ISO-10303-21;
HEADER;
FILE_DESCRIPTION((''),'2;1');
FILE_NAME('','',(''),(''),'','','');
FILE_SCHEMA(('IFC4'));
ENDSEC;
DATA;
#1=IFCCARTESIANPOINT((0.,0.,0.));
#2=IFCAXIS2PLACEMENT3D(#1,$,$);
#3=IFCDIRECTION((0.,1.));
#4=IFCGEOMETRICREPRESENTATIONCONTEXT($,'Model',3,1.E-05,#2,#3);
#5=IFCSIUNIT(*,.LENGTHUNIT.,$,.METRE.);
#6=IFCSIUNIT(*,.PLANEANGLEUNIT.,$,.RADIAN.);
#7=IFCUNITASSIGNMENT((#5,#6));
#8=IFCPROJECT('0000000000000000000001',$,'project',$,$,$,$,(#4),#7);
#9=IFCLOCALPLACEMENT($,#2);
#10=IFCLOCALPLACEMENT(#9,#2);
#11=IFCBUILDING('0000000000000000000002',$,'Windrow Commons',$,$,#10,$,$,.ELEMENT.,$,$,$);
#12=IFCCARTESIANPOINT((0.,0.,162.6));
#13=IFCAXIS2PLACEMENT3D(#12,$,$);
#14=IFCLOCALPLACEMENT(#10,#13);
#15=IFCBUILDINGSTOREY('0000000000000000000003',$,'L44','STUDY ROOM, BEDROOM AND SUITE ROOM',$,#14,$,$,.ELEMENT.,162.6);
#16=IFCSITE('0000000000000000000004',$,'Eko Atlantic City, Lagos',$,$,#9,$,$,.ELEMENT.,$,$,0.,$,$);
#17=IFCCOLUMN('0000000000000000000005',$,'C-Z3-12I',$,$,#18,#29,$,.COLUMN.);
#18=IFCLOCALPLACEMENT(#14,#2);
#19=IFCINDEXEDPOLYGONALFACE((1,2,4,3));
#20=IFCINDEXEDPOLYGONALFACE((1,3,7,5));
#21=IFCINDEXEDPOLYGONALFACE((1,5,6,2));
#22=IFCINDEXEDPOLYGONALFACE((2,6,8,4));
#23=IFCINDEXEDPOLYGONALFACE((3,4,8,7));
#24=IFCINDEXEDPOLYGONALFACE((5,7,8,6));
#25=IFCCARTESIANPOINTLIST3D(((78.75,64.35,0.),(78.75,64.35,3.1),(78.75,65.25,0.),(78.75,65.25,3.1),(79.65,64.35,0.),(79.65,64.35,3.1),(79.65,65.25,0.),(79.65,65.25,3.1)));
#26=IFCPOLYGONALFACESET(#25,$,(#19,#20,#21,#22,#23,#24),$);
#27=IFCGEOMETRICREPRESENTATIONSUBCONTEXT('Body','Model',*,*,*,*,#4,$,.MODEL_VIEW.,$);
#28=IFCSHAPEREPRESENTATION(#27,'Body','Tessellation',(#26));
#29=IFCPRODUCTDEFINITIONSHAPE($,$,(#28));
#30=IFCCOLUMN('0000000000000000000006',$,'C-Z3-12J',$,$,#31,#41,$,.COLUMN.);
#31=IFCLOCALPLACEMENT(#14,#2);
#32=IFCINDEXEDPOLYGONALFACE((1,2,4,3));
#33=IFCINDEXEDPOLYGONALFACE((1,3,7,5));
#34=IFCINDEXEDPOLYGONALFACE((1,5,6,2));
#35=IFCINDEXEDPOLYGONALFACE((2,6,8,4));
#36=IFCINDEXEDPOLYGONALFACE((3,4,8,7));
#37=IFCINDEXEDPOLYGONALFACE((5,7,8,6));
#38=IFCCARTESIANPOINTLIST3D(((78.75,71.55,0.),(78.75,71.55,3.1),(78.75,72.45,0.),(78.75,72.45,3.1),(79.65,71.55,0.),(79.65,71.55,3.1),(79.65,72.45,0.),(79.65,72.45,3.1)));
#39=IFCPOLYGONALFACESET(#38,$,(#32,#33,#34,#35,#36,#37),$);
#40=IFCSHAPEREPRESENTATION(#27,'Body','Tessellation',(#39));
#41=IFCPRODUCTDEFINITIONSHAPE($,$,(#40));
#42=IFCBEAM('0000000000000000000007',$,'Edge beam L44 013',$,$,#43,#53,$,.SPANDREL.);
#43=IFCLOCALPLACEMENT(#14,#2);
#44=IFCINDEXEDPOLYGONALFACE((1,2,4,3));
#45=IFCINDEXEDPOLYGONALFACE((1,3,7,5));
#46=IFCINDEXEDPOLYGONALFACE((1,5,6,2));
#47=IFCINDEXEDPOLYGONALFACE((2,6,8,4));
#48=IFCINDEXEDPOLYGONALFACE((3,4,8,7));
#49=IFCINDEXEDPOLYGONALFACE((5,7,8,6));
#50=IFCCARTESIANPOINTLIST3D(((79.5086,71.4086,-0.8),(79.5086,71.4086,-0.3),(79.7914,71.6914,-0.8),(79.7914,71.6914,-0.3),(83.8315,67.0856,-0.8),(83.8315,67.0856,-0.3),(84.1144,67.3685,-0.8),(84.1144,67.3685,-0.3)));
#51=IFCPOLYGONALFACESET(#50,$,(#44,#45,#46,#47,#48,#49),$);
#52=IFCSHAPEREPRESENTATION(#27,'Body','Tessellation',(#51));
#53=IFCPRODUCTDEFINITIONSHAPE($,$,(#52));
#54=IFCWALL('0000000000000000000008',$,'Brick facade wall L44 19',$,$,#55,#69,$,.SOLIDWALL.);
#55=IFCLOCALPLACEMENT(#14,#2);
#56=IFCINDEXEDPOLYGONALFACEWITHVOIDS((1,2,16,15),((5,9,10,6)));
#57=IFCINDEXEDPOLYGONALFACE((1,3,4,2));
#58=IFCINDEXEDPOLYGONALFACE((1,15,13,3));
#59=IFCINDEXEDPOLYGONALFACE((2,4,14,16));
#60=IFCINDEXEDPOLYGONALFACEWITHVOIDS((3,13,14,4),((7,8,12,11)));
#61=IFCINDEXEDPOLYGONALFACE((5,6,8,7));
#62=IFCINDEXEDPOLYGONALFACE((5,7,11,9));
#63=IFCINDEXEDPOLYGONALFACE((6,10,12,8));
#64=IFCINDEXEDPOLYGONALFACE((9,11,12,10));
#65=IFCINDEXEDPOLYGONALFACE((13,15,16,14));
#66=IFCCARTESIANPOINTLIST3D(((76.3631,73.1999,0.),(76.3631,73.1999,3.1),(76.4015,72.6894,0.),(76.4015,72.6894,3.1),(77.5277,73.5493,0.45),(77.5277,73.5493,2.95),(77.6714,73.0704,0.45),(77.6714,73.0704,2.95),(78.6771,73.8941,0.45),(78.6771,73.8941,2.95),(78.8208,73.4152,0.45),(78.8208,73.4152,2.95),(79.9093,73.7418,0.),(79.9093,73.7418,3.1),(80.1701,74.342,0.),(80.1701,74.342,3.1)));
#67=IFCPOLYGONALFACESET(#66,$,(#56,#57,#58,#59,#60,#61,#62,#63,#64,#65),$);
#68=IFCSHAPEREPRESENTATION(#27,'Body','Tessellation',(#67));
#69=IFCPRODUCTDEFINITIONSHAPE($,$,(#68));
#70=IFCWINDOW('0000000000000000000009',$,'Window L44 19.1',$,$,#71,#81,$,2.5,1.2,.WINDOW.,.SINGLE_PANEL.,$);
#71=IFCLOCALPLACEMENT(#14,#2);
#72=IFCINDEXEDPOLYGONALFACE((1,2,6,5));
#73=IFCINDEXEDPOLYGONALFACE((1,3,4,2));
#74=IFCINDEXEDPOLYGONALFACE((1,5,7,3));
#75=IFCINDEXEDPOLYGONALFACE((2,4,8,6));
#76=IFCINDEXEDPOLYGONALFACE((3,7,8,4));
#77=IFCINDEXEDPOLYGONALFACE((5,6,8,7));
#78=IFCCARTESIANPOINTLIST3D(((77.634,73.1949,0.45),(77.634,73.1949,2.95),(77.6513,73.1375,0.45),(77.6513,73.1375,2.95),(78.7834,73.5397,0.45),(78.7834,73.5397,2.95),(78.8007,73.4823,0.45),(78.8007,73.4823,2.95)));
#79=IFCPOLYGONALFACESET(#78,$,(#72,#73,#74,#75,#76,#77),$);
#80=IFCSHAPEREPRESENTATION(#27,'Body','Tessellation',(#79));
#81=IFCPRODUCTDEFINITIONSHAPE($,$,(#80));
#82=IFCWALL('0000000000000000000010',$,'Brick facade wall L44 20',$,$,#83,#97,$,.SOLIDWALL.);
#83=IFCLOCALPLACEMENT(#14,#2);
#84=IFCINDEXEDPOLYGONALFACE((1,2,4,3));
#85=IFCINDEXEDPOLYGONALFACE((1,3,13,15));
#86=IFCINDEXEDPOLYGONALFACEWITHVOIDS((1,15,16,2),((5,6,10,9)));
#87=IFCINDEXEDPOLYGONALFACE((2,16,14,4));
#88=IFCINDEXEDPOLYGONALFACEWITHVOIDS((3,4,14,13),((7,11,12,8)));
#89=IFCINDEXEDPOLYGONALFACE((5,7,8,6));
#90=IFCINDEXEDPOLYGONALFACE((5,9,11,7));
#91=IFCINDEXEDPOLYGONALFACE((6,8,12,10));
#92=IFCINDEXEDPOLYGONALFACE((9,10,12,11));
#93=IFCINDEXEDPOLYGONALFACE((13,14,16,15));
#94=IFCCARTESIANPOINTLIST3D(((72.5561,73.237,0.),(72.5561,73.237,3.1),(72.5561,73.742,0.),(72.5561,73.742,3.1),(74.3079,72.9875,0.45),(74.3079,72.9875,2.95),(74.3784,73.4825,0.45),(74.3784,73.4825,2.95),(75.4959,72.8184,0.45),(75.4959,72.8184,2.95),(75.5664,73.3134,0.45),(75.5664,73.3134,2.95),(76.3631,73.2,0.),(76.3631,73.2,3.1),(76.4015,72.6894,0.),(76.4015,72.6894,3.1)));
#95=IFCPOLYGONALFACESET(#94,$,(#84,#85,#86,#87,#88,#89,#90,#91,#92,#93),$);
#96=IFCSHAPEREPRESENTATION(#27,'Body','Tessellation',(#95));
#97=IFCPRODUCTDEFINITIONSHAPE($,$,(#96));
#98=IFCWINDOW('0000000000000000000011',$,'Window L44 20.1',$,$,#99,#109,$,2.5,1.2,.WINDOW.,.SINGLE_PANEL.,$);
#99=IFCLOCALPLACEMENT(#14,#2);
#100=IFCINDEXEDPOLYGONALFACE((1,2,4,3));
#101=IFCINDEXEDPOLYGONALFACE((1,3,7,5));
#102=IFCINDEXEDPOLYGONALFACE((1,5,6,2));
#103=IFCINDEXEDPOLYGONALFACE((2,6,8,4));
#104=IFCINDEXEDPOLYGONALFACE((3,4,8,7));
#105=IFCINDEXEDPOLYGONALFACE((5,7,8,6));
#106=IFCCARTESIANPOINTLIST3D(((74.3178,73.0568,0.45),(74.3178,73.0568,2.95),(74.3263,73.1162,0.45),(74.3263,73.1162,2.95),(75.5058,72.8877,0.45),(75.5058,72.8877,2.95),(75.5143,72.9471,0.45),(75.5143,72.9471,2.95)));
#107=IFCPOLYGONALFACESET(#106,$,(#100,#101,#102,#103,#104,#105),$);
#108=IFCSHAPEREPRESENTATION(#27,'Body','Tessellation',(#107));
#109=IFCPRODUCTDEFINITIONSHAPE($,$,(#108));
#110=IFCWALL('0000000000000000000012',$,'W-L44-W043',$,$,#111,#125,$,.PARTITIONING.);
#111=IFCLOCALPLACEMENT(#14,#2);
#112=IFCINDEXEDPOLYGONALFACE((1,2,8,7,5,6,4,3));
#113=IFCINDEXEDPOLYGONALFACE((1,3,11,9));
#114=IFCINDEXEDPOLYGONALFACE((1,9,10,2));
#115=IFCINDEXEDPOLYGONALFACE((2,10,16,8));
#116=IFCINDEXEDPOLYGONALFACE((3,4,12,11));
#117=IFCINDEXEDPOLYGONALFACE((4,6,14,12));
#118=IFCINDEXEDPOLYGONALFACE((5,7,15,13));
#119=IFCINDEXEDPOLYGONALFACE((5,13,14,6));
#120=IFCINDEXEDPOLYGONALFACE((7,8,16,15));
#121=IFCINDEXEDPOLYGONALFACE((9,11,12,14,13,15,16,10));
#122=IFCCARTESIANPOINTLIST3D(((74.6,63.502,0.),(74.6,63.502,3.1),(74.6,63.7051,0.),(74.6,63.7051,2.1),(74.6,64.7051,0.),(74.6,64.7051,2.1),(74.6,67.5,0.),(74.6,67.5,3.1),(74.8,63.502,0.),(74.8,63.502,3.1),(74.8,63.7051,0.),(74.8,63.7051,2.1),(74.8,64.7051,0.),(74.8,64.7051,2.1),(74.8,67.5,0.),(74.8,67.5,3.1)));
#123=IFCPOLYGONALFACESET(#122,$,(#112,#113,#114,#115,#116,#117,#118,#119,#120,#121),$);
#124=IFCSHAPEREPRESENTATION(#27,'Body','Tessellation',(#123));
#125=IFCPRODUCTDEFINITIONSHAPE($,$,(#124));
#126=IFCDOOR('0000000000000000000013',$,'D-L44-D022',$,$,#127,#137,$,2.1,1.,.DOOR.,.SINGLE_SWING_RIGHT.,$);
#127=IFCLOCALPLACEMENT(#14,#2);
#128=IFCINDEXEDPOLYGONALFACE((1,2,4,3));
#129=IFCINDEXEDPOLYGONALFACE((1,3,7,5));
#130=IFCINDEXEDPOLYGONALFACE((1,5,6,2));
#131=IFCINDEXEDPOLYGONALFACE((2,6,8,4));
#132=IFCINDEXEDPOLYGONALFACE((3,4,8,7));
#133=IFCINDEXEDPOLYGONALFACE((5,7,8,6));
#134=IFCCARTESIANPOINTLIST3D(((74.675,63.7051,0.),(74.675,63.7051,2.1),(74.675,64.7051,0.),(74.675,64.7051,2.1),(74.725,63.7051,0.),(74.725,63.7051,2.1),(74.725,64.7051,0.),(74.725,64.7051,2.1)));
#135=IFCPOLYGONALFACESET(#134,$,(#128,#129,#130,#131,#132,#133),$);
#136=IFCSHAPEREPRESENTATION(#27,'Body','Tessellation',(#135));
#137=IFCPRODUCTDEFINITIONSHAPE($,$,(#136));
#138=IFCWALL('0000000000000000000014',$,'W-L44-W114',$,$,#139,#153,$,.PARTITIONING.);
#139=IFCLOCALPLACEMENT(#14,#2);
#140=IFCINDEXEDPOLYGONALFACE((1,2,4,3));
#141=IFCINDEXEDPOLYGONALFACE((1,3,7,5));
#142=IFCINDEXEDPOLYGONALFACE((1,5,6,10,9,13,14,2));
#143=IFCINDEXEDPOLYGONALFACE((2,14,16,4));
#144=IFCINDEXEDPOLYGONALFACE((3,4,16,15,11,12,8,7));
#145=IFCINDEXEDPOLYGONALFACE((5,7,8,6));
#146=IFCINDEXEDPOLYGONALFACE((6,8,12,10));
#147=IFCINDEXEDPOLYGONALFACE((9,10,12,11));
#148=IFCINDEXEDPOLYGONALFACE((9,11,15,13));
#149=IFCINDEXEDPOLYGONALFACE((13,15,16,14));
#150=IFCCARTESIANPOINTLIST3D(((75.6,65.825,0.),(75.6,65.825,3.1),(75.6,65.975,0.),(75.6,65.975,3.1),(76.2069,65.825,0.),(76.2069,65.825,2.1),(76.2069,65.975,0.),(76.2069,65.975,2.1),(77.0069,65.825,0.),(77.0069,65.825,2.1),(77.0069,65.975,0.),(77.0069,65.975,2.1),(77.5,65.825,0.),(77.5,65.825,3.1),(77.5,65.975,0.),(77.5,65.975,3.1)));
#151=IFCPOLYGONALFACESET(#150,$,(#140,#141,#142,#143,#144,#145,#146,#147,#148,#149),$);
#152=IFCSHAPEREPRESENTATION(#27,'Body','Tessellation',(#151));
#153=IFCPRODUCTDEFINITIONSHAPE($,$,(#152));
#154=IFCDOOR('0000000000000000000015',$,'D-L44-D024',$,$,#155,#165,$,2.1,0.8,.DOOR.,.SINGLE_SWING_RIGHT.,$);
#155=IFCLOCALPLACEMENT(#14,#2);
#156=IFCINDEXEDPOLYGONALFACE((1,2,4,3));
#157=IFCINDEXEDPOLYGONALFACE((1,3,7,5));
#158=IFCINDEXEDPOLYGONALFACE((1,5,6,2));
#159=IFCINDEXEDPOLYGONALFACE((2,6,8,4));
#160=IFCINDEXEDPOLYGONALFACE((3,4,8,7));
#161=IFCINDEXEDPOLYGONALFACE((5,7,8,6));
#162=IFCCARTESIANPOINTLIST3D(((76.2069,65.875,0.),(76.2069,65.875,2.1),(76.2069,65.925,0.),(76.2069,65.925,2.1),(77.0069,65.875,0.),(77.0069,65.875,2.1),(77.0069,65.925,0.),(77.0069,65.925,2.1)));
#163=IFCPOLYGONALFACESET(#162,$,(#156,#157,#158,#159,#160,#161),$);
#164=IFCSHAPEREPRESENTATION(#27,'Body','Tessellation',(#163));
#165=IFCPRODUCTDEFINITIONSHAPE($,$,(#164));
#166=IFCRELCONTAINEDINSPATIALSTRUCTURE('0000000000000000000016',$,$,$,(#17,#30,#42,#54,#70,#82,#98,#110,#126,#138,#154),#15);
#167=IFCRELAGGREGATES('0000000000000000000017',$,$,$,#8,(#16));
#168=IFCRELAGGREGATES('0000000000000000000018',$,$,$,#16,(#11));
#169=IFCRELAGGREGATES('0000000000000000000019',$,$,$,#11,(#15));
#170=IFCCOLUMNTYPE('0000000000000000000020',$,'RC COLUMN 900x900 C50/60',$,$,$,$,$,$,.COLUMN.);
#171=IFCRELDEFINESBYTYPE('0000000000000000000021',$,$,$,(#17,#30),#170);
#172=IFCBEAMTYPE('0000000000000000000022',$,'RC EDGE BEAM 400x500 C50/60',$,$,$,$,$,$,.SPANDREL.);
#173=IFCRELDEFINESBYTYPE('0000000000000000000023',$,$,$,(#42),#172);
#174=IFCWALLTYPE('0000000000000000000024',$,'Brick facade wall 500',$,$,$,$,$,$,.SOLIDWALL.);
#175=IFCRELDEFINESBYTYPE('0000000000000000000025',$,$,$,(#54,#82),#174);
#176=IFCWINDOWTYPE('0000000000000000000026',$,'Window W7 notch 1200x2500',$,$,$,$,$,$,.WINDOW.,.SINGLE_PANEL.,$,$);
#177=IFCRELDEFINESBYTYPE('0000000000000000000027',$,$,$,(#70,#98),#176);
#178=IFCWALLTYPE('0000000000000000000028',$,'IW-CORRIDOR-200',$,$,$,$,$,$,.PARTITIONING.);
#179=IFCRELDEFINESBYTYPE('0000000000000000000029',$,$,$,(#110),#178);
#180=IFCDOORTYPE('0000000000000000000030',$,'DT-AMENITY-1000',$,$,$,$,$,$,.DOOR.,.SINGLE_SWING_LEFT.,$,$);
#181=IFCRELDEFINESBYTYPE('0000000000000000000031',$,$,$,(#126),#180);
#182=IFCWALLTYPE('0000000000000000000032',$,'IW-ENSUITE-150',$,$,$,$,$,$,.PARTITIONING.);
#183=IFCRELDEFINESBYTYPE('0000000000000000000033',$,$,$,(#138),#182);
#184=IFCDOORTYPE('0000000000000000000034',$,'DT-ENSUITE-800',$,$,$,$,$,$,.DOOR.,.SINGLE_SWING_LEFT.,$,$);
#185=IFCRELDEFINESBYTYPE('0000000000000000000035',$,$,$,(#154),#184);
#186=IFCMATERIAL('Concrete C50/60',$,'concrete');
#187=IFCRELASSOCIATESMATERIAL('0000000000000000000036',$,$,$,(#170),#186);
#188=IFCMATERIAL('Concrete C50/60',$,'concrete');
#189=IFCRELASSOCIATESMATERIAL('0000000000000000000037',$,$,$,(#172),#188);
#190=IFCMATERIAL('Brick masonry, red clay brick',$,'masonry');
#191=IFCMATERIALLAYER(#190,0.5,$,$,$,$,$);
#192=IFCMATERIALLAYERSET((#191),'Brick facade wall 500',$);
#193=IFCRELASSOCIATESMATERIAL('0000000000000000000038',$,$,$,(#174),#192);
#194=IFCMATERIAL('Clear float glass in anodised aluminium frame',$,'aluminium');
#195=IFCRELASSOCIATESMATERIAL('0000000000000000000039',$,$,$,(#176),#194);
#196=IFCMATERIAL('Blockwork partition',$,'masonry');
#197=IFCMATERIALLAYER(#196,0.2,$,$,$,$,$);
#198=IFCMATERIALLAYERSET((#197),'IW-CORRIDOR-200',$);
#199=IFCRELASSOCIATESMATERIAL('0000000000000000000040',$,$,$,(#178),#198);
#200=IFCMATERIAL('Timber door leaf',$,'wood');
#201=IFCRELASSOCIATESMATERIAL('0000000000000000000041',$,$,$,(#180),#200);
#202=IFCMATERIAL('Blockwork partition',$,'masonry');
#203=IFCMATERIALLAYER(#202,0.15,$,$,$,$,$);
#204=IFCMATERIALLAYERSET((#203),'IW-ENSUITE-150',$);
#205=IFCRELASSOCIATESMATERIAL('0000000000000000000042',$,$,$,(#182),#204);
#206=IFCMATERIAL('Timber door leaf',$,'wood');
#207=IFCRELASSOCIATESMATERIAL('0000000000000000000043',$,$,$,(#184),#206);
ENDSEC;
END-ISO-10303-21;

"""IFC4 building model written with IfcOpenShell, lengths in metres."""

from ifc_helpers import new_model, si_unit, direction, frame, frame_2d, origin, origin_2d, place, context, subcontext, project, spatial, polyline, rectangle, outline, extrude, material, layer, layer_set, material_profile, profile_set, type_object, element, fill, save


model = new_model("IFC4")

# Units and contexts
model_context = context("Model", 3, precision=1e-05, world=origin(), true_north=direction((0.0, 1.0)))
body_context = subcontext(model_context, "Body", "Model", "MODEL_VIEW")
ifc_project = project(units=[si_unit("LENGTHUNIT", "METRE"), si_unit("PLANEANGLEUNIT", "RADIAN")], contexts=[model_context])

# Site, building, storey
site_placement = place(None, origin())
site = spatial("IfcSite", under=ifc_project, at=site_placement, Name="Eko Atlantic City, Lagos", CompositionType="ELEMENT", RefElevation=0.0)
building_placement = place(site_placement, origin())
building = spatial("IfcBuilding", under=site, at=building_placement, Name="Windrow Commons", CompositionType="ELEMENT")
storey_placement = place(building_placement, frame((0.0, 0.0, 162.6)))
storey = spatial("IfcBuildingStorey", under=building, at=storey_placement, Name="L44", Description="STUDY ROOM, BEDROOM AND SUITE ROOM", CompositionType="ELEMENT", Elevation=162.6)

# Columns
ifc_material_1 = material(Name="Concrete C50/60", Category="concrete")
ifc_material_profile_1 = material_profile(ifc_material_1, rectangle(XDim=0.9, YDim=0.9, at=origin_2d()))
ifc_profile_set_1 = profile_set([ifc_material_profile_1], Name="Concrete C50/60")
column_type = type_object("IfcColumnType", Name="RC COLUMN 900x900 C50/60", PredefinedType="COLUMN", material=ifc_profile_set_1)
for number, where, z_axis, x_axis, name in (
    (1, (79.2, 64.8, 0.0), (0.0, 0.0, 1.0), (1.0, 0.0, 0.0), "C-Z3-12I"),
    (2, (79.2, 72.0, 0.0), (0.0, 0.0, 1.0), (1.0, 0.0, 0.0), "C-Z3-12J"),
):
    element("IfcColumn", number, at=place(storey_placement, frame(where, z_axis=z_axis, x_axis=x_axis)), inside=storey, type_object=column_type, Name=name, PredefinedType="COLUMN", context=body_context, shape_type="SweptSolid", body=[
        extrude(rectangle(XDim=0.9, YDim=0.9, at=origin_2d()), origin(), (0.0, 0.0, 1.0), 3.1),
    ])

# Beam
ifc_material_2 = material(Name="Concrete C50/60", Category="concrete")
ifc_material_profile_2 = material_profile(ifc_material_2, rectangle(XDim=0.4, YDim=0.5, at=origin_2d()))
ifc_profile_set_2 = profile_set([ifc_material_profile_2], Name="Concrete C50/60")
beam_type = type_object("IfcBeamType", Name="RC EDGE BEAM 400x500 C50/60", PredefinedType="SPANDREL", material=ifc_profile_set_2)
beam_placement = place(storey_placement, frame((79.65, 71.55, -0.55), z_axis=(0.707107, -0.707107, 0.0), x_axis=(0.707107, 0.707107, 0.0)))
element("IfcBeam", 3, at=beam_placement, inside=storey, type_object=beam_type, Name="Edge beam L44 013", PredefinedType="SPANDREL", context=body_context, shape_type="SweptSolid", body=[
    extrude(rectangle(XDim=0.4, YDim=0.5, at=origin_2d()), origin(), (0.0, 0.0, 1.0), 6.1136),
])

# Walls, openings, windows
ifc_material_3 = material(Name="Brick masonry, red clay brick", Category="masonry")
ifc_layer_1 = layer(ifc_material_3, 0.5)
ifc_layer_set_1 = layer_set([ifc_layer_1], Name="Brick facade wall 500")
wall_type_1 = type_object("IfcWallType", Name="Brick facade wall 500", PredefinedType="SOLIDWALL", material=ifc_layer_set_1)
wall_1_placement = place(storey_placement, frame((80.0397, 74.0419, 0.0), z_axis=(0.0, 0.0, 1.0), x_axis=(-0.957828, -0.287343, 0.0)))
wall_1 = element("IfcWall", 4, at=wall_1_placement, inside=storey, type_object=wall_type_1, Name="Brick facade wall L44 19", PredefinedType="SOLIDWALL", context=body_context, shape_type="SweptSolid", body=[
    extrude(outline(polyline([(-0.2111, -0.25), (3.7635, -0.25), (3.8734, 0.25), (0.2111, 0.25), (-0.2111, -0.25)])), origin(), (0.0, 0.0, 1.0), 3.1),
])
opening_1_placement = place(wall_1_placement, frame((1.3476, 0.0, 0.45)))
opening_1 = element("IfcOpeningElement", 5, at=opening_1_placement, cuts=wall_1, PredefinedType="OPENING", context=body_context, shape_type="SweptSolid", body=[
    extrude(rectangle(XDim=1.2, YDim=2.5, at=frame_2d((0.6, 1.25))), frame((0.0, 0.26, 0.0), z_axis=(0.0, -1.0, 0.0), x_axis=(1.0, 0.0, 0.0)), (0.0, 0.0, 1.0), 0.52),
])
ifc_material_4 = material(Name="Clear float glass in anodised aluminium frame", Category="aluminium")
window_type = type_object("IfcWindowType", Name="Window W7 notch 1200x2500", PartitioningType="SINGLE_PANEL", PredefinedType="WINDOW", material=ifc_material_4)
window_1_placement = place(opening_1_placement, origin())
window_1 = element("IfcWindow", 6, at=window_1_placement, inside=storey, type_object=window_type, Name="Window L44 19.1", OverallHeight=2.5, OverallWidth=1.2, PartitioningType="SINGLE_PANEL", PredefinedType="WINDOW", context=body_context, shape_type="SweptSolid", body=[
    extrude(rectangle(XDim=1.2, YDim=2.5, at=frame_2d((0.6, 1.25))), frame((0.0, 0.18, 0.0), z_axis=(0.0, -1.0, 0.0), x_axis=(1.0, 0.0, 0.0)), (0.0, 0.0, 1.0), 0.06),
])
fill(opening_1, window_1)
wall_2_placement = place(storey_placement, frame((76.3823, 72.9447, 0.0), z_axis=(0.0, 0.0, 1.0), x_axis=(-0.990015, 0.140965, 0.0)))
wall_2 = element("IfcWall", 7, at=wall_2_placement, inside=storey, type_object=wall_type_1, Name="Brick facade wall L44 20", PredefinedType="SOLIDWALL", context=body_context, shape_type="SweptSolid", body=[
    extrude(outline(polyline([(0.055, -0.25), (3.9004, -0.25), (3.8292, 0.25), (-0.055, 0.25), (0.055, -0.25)])), origin(), (0.0, 0.0, 1.0), 3.1),
])
opening_2_placement = place(wall_2_placement, frame((0.8597, 0.0, 0.45)))
opening_2 = element("IfcOpeningElement", 8, at=opening_2_placement, cuts=wall_2, PredefinedType="OPENING", context=body_context, shape_type="SweptSolid", body=[
    extrude(rectangle(XDim=1.2, YDim=2.5, at=frame_2d((0.6, 1.25))), frame((0.0, 0.26, 0.0), z_axis=(0.0, -1.0, 0.0), x_axis=(1.0, 0.0, 0.0)), (0.0, 0.0, 1.0), 0.52),
])
window_2_placement = place(opening_2_placement, origin())
window_2 = element("IfcWindow", 9, at=window_2_placement, inside=storey, type_object=window_type, Name="Window L44 20.1", OverallHeight=2.5, OverallWidth=1.2, PartitioningType="SINGLE_PANEL", PredefinedType="WINDOW", context=body_context, shape_type="SweptSolid", body=[
    extrude(rectangle(XDim=1.2, YDim=2.5, at=frame_2d((0.6, 1.25))), frame((0.0, 0.18, 0.0), z_axis=(0.0, -1.0, 0.0), x_axis=(1.0, 0.0, 0.0)), (0.0, 0.0, 1.0), 0.06),
])
fill(opening_2, window_2)

# Walls, openings, doors
ifc_material_5 = material(Name="Blockwork partition", Category="masonry")
ifc_layer_2 = layer(ifc_material_5, 0.2)
ifc_layer_set_2 = layer_set([ifc_layer_2], Name="IW-CORRIDOR-200")
wall_type_2 = type_object("IfcWallType", Name="IW-CORRIDOR-200", PredefinedType="PARTITIONING", material=ifc_layer_set_2)
wall_3_placement = place(storey_placement, frame((74.7, 63.502, 0.0), z_axis=(0.0, 0.0, 1.0), x_axis=(0.0, 1.0, 0.0)))
wall_3 = element("IfcWall", 10, at=wall_3_placement, inside=storey, type_object=wall_type_2, Name="W-L44-W043", PredefinedType="PARTITIONING", context=body_context, shape_type="SweptSolid", body=[
    extrude(rectangle(XDim=3.998, YDim=0.2, at=frame_2d((1.999, 0.0))), origin(), (0.0, 0.0, 1.0), 3.1),
])
opening_3_placement = place(wall_3_placement, frame((0.2031, 0.0, 0.0)))
opening_3 = element("IfcOpeningElement", 11, at=opening_3_placement, cuts=wall_3, PredefinedType="OPENING", context=body_context, shape_type="SweptSolid", body=[
    extrude(rectangle(XDim=1.0, YDim=2.1, at=frame_2d((0.5, 1.05))), frame((0.0, 0.11, 0.0), z_axis=(0.0, -1.0, 0.0), x_axis=(1.0, 0.0, 0.0)), (0.0, 0.0, 1.0), 0.22),
])
ifc_material_6 = material(Name="Timber door leaf", Category="wood")
door_type_1 = type_object("IfcDoorType", Name="DT-AMENITY-1000", OperationType="SINGLE_SWING_LEFT", PredefinedType="DOOR", material=ifc_material_6)
door_1_placement = place(opening_3_placement, origin())
door_1 = element("IfcDoor", 12, at=door_1_placement, inside=storey, type_object=door_type_1, Name="D-L44-D022", OperationType="SINGLE_SWING_RIGHT", OverallHeight=2.1, OverallWidth=1.0, PredefinedType="DOOR", context=body_context, shape_type="SweptSolid", body=[
    extrude(rectangle(XDim=1.0, YDim=2.1, at=frame_2d((0.5, 1.05))), frame((0.0, 0.025, 0.0), z_axis=(0.0, -1.0, 0.0), x_axis=(1.0, 0.0, 0.0)), (0.0, 0.0, 1.0), 0.05),
])
fill(opening_3, door_1)
ifc_material_7 = material(Name="Blockwork partition", Category="masonry")
ifc_layer_3 = layer(ifc_material_7, 0.15)
ifc_layer_set_3 = layer_set([ifc_layer_3], Name="IW-ENSUITE-150")
wall_type_3 = type_object("IfcWallType", Name="IW-ENSUITE-150", PredefinedType="PARTITIONING", material=ifc_layer_set_3)
wall_4_placement = place(storey_placement, frame((75.6, 65.9, 0.0), z_axis=(0.0, 0.0, 1.0), x_axis=(1.0, 0.0, 0.0)))
wall_4 = element("IfcWall", 13, at=wall_4_placement, inside=storey, type_object=wall_type_3, Name="W-L44-W114", PredefinedType="PARTITIONING", context=body_context, shape_type="SweptSolid", body=[
    extrude(rectangle(XDim=1.9, YDim=0.15, at=frame_2d((0.95, 0.0))), origin(), (0.0, 0.0, 1.0), 3.1),
])
opening_4_placement = place(wall_4_placement, frame((0.6069, 0.0, 0.0)))
opening_4 = element("IfcOpeningElement", 14, at=opening_4_placement, cuts=wall_4, PredefinedType="OPENING", context=body_context, shape_type="SweptSolid", body=[
    extrude(rectangle(XDim=0.8, YDim=2.1, at=frame_2d((0.4, 1.05))), frame((0.0, 0.085, 0.0), z_axis=(0.0, -1.0, 0.0), x_axis=(1.0, 0.0, 0.0)), (0.0, 0.0, 1.0), 0.17),
])
ifc_material_8 = material(Name="Timber door leaf", Category="wood")
door_type_2 = type_object("IfcDoorType", Name="DT-ENSUITE-800", OperationType="SINGLE_SWING_LEFT", PredefinedType="DOOR", material=ifc_material_8)
door_2_placement = place(opening_4_placement, origin())
door_2 = element("IfcDoor", 15, at=door_2_placement, inside=storey, type_object=door_type_2, Name="D-L44-D024", OperationType="SINGLE_SWING_RIGHT", OverallHeight=2.1, OverallWidth=0.8, PredefinedType="DOOR", context=body_context, shape_type="SweptSolid", body=[
    extrude(rectangle(XDim=0.8, YDim=2.1, at=frame_2d((0.4, 1.05))), frame((0.0, 0.025, 0.0), z_axis=(0.0, -1.0, 0.0), x_axis=(1.0, 0.0, 0.0)), (0.0, 0.0, 1.0), 0.05),
])
fill(opening_4, door_2)

save(model, "model.ifc")
